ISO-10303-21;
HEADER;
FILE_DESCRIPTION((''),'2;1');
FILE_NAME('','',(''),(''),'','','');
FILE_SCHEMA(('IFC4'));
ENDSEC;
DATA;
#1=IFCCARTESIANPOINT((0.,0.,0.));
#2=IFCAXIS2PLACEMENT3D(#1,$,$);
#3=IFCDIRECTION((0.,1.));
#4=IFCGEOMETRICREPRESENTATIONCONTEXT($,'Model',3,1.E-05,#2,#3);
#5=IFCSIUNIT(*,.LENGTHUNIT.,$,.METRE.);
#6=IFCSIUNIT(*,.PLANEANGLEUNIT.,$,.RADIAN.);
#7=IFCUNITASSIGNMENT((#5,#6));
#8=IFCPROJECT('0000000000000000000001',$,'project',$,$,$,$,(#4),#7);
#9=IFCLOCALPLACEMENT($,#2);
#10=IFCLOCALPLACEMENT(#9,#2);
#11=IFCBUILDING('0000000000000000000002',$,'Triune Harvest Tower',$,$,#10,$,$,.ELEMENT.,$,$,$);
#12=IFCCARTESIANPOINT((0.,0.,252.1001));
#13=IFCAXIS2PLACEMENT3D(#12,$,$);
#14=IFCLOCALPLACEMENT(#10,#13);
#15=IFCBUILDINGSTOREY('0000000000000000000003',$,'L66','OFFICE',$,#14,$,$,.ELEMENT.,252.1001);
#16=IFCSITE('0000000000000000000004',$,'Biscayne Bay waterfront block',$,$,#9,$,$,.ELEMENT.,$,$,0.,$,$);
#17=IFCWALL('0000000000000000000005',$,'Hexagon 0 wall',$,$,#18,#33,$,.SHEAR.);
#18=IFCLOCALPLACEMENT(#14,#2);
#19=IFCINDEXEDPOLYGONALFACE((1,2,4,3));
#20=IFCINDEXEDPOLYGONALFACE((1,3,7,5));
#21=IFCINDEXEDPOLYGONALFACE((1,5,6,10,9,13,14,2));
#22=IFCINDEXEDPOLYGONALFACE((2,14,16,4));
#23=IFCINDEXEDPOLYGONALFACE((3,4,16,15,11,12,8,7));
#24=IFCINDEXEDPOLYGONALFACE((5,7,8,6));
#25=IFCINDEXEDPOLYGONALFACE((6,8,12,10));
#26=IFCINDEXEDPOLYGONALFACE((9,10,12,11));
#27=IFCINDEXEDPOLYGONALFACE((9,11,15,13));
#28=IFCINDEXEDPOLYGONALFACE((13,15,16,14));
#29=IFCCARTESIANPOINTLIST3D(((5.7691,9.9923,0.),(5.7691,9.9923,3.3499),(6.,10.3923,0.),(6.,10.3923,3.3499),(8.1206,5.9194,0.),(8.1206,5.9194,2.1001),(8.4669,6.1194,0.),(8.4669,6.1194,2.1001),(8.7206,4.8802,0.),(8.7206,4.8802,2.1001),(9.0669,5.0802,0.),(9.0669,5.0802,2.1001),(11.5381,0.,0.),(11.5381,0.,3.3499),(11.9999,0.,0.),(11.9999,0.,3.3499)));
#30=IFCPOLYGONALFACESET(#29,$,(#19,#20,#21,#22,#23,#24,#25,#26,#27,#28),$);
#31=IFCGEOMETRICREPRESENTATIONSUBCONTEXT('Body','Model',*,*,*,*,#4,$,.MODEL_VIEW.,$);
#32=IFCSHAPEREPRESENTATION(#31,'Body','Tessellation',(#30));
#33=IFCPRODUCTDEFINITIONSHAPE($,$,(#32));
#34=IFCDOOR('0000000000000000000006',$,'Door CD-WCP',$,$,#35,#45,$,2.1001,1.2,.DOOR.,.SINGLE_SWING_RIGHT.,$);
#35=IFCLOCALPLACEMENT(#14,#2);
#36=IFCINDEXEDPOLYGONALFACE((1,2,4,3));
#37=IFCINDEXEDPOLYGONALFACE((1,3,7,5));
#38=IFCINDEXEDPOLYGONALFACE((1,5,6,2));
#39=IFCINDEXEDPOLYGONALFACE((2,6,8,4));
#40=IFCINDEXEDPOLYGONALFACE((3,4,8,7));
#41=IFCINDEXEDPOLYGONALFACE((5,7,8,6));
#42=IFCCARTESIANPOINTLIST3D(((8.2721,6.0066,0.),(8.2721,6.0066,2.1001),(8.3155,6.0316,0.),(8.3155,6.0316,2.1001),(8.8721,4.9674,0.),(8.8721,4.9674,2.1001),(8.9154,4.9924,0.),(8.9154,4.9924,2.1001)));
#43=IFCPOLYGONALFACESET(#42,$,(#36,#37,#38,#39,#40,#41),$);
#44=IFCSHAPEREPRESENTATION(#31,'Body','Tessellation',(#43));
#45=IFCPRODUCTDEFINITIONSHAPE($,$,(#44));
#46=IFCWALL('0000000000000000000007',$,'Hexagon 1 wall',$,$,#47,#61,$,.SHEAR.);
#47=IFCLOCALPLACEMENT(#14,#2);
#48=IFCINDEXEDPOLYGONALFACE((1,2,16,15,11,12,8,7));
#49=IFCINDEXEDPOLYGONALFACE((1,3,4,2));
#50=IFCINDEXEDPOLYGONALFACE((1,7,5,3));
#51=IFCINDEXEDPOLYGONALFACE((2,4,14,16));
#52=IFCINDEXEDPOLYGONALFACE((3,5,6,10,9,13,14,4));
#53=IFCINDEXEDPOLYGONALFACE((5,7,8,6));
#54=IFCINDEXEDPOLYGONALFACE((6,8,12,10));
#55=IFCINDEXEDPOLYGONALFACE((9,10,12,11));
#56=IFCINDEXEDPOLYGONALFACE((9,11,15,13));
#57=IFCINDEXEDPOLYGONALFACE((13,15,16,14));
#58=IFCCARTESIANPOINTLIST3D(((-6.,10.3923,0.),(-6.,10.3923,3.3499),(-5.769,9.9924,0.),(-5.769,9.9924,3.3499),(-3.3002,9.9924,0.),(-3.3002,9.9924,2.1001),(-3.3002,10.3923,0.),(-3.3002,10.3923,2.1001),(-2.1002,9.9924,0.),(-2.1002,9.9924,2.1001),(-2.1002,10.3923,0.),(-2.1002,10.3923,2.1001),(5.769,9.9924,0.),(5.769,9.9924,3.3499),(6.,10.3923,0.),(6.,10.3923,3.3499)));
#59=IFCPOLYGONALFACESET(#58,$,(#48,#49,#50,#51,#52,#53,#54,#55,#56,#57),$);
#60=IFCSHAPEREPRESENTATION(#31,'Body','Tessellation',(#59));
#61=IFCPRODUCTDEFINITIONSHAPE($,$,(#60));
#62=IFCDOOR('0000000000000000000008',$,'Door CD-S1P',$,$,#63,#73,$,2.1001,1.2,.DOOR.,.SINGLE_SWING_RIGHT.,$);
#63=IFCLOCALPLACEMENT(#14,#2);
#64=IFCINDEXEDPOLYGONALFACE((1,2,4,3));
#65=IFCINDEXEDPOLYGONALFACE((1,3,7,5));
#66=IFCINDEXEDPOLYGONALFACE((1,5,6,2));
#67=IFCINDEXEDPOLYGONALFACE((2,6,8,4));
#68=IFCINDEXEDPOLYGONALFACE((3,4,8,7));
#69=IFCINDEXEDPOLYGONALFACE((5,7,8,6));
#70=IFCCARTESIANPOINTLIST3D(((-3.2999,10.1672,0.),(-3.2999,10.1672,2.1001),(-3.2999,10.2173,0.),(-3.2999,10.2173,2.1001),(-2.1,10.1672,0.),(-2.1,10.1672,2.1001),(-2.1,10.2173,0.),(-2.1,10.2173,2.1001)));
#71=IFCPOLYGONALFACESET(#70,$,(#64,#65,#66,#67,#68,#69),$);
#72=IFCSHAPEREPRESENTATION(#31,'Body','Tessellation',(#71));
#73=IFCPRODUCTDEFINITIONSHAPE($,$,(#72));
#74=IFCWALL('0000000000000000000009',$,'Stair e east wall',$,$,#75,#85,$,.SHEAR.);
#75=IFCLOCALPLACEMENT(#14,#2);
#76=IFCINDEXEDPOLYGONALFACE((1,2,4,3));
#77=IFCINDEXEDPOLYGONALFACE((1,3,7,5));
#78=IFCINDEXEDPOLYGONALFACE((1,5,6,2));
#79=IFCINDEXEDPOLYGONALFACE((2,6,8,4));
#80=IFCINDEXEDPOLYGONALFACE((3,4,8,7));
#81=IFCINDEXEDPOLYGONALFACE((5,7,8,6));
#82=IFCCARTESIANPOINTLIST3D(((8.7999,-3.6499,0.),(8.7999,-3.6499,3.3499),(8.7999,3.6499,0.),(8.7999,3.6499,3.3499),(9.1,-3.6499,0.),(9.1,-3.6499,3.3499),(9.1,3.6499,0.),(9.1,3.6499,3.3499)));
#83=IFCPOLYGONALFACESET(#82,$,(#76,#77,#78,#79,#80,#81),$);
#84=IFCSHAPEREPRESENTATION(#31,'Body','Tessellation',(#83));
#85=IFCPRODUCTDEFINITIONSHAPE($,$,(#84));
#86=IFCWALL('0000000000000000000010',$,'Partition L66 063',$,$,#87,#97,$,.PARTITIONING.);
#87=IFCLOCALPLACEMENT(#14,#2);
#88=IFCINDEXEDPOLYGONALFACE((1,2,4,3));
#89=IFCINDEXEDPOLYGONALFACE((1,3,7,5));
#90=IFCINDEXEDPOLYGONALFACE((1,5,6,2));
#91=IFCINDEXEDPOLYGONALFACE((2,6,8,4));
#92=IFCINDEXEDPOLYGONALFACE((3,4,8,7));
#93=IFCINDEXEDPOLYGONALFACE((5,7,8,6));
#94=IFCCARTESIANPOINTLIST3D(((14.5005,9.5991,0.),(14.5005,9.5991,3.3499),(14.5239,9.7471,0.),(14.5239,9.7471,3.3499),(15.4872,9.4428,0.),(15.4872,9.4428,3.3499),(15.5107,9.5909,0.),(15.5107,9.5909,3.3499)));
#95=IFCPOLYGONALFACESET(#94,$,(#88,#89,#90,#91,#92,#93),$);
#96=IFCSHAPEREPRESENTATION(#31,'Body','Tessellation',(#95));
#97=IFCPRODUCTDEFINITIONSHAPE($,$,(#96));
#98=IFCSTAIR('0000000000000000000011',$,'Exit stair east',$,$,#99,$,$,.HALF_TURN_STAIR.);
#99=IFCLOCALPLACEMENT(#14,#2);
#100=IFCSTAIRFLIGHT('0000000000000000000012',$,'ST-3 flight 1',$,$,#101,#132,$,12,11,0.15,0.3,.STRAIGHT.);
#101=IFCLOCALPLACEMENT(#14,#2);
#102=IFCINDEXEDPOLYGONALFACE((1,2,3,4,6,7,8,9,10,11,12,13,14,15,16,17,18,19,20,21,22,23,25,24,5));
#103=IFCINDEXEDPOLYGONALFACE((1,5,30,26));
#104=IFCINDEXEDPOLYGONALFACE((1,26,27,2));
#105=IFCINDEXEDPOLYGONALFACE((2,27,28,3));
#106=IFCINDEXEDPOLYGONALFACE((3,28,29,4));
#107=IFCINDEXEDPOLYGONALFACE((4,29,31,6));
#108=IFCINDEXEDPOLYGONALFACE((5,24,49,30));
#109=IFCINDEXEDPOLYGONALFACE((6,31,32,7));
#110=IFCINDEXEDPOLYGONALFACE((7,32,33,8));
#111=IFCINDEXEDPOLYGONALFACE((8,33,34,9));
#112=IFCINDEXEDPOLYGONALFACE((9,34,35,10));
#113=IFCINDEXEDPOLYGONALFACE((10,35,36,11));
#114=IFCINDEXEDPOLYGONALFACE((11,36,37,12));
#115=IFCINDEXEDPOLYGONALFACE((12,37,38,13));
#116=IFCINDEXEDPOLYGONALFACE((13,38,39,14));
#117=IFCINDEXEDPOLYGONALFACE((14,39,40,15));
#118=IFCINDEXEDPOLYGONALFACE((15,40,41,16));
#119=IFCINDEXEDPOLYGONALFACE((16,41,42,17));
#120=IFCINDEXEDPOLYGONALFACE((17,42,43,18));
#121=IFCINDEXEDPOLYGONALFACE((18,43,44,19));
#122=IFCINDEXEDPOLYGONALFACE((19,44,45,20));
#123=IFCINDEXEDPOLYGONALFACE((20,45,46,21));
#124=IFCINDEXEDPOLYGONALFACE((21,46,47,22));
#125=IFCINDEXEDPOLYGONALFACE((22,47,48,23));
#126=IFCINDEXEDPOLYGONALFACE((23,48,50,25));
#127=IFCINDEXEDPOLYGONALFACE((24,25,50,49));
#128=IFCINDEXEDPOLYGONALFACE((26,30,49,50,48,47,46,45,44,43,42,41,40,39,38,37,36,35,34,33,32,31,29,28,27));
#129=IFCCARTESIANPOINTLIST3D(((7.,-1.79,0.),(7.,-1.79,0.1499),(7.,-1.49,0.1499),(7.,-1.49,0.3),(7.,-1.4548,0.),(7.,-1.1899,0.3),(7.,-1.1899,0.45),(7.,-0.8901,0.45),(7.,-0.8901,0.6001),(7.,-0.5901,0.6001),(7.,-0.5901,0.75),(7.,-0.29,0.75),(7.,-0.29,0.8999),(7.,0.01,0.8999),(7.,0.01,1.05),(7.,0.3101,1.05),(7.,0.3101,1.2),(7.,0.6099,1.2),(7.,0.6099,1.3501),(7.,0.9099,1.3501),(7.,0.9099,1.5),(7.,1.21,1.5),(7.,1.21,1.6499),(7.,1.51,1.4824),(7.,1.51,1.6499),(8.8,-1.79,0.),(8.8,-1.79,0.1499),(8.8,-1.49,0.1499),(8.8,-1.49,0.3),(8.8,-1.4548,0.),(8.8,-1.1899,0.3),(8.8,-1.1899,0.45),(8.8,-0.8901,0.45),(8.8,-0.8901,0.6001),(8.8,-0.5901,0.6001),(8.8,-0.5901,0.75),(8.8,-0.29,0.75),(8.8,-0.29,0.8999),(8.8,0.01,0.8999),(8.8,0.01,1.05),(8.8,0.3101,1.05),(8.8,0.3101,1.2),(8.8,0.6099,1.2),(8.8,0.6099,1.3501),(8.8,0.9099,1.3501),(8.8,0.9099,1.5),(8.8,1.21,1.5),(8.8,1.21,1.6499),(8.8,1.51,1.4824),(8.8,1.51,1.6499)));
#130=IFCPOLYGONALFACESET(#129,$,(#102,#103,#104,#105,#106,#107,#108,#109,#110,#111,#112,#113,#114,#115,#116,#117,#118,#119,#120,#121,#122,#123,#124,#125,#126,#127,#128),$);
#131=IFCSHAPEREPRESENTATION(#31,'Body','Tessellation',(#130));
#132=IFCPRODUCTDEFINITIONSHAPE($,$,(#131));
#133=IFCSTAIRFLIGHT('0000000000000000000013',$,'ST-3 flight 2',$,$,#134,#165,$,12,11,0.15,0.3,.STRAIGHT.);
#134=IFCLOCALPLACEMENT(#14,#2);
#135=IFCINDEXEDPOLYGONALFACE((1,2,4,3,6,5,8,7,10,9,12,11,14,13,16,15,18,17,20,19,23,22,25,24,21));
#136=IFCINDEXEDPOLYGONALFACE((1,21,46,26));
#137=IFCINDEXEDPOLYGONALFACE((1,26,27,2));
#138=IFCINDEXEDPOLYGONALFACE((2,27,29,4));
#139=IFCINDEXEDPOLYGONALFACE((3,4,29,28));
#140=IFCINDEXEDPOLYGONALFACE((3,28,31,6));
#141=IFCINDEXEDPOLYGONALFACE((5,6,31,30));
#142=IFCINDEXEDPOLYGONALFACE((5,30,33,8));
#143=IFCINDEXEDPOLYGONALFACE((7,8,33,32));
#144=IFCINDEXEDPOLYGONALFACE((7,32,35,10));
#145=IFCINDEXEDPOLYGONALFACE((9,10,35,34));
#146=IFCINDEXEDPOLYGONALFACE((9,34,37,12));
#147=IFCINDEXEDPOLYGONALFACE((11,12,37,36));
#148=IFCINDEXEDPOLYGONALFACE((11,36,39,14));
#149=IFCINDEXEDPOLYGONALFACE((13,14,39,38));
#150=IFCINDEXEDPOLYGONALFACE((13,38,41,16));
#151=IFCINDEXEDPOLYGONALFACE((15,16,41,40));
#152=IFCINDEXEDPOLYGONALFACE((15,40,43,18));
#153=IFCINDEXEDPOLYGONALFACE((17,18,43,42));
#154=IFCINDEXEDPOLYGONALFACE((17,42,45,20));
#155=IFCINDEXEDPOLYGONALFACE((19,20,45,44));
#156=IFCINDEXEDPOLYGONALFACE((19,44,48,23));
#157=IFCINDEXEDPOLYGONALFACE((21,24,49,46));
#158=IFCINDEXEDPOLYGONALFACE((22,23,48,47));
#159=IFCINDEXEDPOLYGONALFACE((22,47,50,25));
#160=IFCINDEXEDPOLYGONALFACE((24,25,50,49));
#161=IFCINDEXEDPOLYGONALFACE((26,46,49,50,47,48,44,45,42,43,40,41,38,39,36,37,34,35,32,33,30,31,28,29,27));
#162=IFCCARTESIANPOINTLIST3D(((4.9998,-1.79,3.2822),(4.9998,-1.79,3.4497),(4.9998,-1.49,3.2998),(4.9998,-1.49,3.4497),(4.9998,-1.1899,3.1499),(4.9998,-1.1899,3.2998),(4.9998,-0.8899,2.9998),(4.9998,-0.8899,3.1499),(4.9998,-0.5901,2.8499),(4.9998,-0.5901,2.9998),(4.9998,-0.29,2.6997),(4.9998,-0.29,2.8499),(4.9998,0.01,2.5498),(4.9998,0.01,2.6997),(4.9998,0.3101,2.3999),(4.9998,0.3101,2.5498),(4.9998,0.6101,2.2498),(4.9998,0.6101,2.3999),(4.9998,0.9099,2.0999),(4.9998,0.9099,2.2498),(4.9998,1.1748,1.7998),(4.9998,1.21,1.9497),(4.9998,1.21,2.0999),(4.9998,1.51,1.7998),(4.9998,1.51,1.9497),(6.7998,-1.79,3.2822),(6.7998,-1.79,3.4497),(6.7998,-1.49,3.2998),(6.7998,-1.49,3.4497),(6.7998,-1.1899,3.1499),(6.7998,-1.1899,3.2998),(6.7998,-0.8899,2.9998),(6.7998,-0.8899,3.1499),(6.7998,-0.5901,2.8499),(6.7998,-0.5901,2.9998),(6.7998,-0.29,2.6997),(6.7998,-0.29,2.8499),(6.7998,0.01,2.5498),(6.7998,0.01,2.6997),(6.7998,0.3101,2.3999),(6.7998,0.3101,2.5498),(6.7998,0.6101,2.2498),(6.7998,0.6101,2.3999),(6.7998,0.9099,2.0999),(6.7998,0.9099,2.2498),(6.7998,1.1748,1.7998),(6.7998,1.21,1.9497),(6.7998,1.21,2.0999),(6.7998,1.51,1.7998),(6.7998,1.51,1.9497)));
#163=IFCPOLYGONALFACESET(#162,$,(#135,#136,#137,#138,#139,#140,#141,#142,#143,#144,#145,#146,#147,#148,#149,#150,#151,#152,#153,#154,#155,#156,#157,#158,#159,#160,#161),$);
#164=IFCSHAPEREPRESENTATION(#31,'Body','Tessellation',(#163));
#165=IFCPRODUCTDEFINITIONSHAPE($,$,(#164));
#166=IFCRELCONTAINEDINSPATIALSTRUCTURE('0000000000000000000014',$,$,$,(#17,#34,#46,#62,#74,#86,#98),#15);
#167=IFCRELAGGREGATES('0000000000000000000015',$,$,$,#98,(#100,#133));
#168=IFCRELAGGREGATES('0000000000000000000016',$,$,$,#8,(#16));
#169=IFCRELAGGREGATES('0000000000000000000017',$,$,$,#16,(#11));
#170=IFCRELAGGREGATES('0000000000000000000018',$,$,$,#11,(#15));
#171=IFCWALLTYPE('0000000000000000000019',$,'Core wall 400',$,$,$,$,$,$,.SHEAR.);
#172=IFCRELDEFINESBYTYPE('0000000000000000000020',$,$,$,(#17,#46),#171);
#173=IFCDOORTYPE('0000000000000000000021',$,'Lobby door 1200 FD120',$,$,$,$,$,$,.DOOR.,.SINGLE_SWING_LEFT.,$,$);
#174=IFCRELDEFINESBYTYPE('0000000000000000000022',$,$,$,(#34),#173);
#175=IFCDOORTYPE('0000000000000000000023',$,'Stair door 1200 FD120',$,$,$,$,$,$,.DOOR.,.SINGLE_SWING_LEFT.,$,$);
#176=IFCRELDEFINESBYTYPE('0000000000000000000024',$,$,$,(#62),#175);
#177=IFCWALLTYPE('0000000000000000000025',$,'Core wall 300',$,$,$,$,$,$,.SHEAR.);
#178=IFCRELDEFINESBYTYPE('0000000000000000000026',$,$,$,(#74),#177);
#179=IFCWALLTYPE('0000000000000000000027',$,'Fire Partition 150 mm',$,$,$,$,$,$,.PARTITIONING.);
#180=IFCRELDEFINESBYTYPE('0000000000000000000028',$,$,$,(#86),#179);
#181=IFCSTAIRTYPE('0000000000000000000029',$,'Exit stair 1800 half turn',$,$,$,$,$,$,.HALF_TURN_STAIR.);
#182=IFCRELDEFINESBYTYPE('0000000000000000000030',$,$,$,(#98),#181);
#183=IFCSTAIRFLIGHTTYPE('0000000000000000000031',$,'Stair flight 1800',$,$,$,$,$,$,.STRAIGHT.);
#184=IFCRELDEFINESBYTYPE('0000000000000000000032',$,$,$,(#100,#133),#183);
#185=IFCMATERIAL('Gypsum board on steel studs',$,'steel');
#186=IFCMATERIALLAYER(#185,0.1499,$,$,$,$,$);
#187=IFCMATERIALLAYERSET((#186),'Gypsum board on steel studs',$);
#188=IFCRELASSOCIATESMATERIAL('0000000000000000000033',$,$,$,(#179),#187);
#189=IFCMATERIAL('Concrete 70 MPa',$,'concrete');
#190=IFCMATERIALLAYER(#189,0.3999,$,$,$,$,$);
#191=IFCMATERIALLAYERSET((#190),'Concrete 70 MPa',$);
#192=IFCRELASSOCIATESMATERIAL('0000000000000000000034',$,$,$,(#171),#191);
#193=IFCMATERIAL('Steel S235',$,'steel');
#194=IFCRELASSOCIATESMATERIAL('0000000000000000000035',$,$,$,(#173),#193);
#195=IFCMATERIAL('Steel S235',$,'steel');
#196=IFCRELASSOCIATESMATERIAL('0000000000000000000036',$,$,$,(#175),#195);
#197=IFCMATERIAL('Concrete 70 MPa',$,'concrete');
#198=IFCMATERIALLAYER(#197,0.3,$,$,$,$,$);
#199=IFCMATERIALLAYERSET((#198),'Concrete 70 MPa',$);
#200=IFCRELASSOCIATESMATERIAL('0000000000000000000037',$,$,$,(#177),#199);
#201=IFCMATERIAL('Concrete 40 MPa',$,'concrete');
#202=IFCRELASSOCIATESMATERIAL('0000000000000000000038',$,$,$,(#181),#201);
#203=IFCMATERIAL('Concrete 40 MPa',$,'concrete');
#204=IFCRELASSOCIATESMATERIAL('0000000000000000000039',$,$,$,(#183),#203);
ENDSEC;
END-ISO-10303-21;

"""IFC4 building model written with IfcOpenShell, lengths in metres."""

from ifc_helpers import new_model, si_unit, direction, frame, frame_2d, origin, place, context, subcontext, project, spatial, polyline, rectangle, outline, extrude, source, transform, mapped, material, layer, layer_set, type_object, element, fill, aggregate, save


model = new_model("IFC4")

# Units and contexts
model_context = context("Model", 3, precision=1e-05, world=origin(), true_north=direction((0.0, 1.0)))
body_context = subcontext(model_context, "Body", "Model", "MODEL_VIEW")
ifc_project = project(units=[si_unit("LENGTHUNIT", "METRE"), si_unit("PLANEANGLEUNIT", "RADIAN")], contexts=[model_context])

# Site, building, storey
site_placement = place(None, origin())
site = spatial("IfcSite", under=ifc_project, at=site_placement, Name="Biscayne Bay waterfront block", CompositionType="ELEMENT", RefElevation=0.0)
building_placement = place(site_placement, origin())
building = spatial("IfcBuilding", under=site, at=building_placement, Name="Triune Harvest Tower", CompositionType="ELEMENT")
storey_placement = place(building_placement, frame((0.0, 0.0, 252.1001)))
storey = spatial("IfcBuildingStorey", under=building, at=storey_placement, Name="L66", Description="OFFICE", CompositionType="ELEMENT", Elevation=252.1001)

# Shared definitions
ifc_material_1 = material(Name="Gypsum board on steel studs", Category="steel")
ifc_layer_1 = layer(ifc_material_1, 0.1499)
ifc_layer_set_1 = layer_set([ifc_layer_1], Name="Gypsum board on steel studs")
wall_type_1 = type_object("IfcWallType", Name="Fire Partition 150 mm", PredefinedType="PARTITIONING", material=ifc_layer_set_1)

# Walls, openings, doors
ifc_material_2 = material(Name="Concrete 70 MPa", Category="concrete")
ifc_layer_2 = layer(ifc_material_2, 0.3999)
ifc_layer_set_2 = layer_set([ifc_layer_2], Name="Concrete 70 MPa")
wall_type_2 = type_object("IfcWallType", Name="Core wall 400", PredefinedType="SHEAR", material=ifc_layer_set_2)
shared_shape_1 = source(origin(), body_context, "Body", "SweptSolid", [
    extrude(outline(polyline([(-0.1155, -0.2), (11.8845, -0.2), (11.6536, 0.2), (0.1155, 0.2), (-0.1155, -0.2)])), origin(), (0.0, 0.0, 1.0), 3.3499),
])
wall_1_placement = place(storey_placement, frame((11.769, 0.0, 0.0), z_axis=(0.0, 0.0, 1.0), x_axis=(-0.499997, 0.866027, 0.0)))
wall_1 = element("IfcWall", 1, at=wall_1_placement, inside=storey, type_object=wall_type_2, Name="Hexagon 0 wall", PredefinedType="SHEAR", context=body_context, shape_type="MappedRepresentation", body=[
    mapped(shared_shape_1, transform((0.0, 0.0, 0.0), scale=1.0)),
])
opening_1_placement = place(wall_1_placement, frame((5.7505, 0.0, 0.0)))
opening_1 = element("IfcOpeningElement", 2, at=opening_1_placement, cuts=wall_1, PredefinedType="OPENING", context=body_context, shape_type="SweptSolid", body=[
    extrude(rectangle(XDim=1.2, YDim=2.1001, at=frame_2d((0.6001, 1.05))), frame((0.0, 0.21, 0.0), z_axis=(0.0, -1.0, 0.0), x_axis=(1.0, 0.0, 0.0)), (0.0, 0.0, 1.0), 0.4199),
])
ifc_material_3 = material(Name="Steel S235", Category="steel")
door_type_1 = type_object("IfcDoorType", Name="Lobby door 1200 FD120", OperationType="SINGLE_SWING_LEFT", PredefinedType="DOOR", material=ifc_material_3)
door_1_placement = place(opening_1_placement, frame((1.2, 0.0, 0.0), z_axis=(0.0, 0.0, 1.0), x_axis=(-1.0, 0.0, 0.0)))
door_1 = element("IfcDoor", 3, at=door_1_placement, inside=storey, type_object=door_type_1, Name="Door CD-WCP", OperationType="SINGLE_SWING_RIGHT", OverallHeight=2.1001, OverallWidth=1.2, PredefinedType="DOOR", context=body_context, shape_type="SweptSolid", body=[
    extrude(rectangle(XDim=1.2, YDim=2.1001, at=frame_2d((0.6001, 1.05))), frame((0.0, 0.0249, 0.0), z_axis=(0.0, -1.0, 0.0), x_axis=(1.0, 0.0, 0.0)), (0.0, 0.0, 1.0), 0.05),
])
fill(opening_1, door_1)
wall_2_placement = place(storey_placement, frame((5.8845, 10.1924, 0.0), z_axis=(0.0, 0.0, 1.0), x_axis=(-1.0, 0.0, 0.0)))
wall_2 = element("IfcWall", 4, at=wall_2_placement, inside=storey, type_object=wall_type_2, Name="Hexagon 1 wall", PredefinedType="SHEAR", context=body_context, shape_type="MappedRepresentation", body=[
    mapped(shared_shape_1, transform((0.0, 0.0, 0.0), scale=1.0)),
])
opening_2_placement = place(wall_2_placement, frame((7.9846, 0.0, 0.0)))
opening_2 = element("IfcOpeningElement", 5, at=opening_2_placement, cuts=wall_2, PredefinedType="OPENING", context=body_context, shape_type="SweptSolid", body=[
    extrude(rectangle(XDim=1.2, YDim=2.1001, at=frame_2d((0.6001, 1.05))), frame((0.0, 0.21, 0.0), z_axis=(0.0, -1.0, 0.0), x_axis=(1.0, 0.0, 0.0)), (0.0, 0.0, 1.0), 0.4199),
])
ifc_material_4 = material(Name="Steel S235", Category="steel")
door_type_2 = type_object("IfcDoorType", Name="Stair door 1200 FD120", OperationType="SINGLE_SWING_LEFT", PredefinedType="DOOR", material=ifc_material_4)
door_2_placement = place(opening_2_placement, frame((1.2, 0.0, 0.0), z_axis=(0.0, 0.0, 1.0), x_axis=(-1.0, 0.0, 0.0)))
door_2 = element("IfcDoor", 6, at=door_2_placement, inside=storey, type_object=door_type_2, Name="Door CD-S1P", OperationType="SINGLE_SWING_RIGHT", OverallHeight=2.1001, OverallWidth=1.2, PredefinedType="DOOR", context=body_context, shape_type="SweptSolid", body=[
    extrude(rectangle(XDim=1.2, YDim=2.1001, at=frame_2d((0.6001, 1.05))), frame((0.0, 0.0249, 0.0), z_axis=(0.0, -1.0, 0.0), x_axis=(1.0, 0.0, 0.0)), (0.0, 0.0, 1.0), 0.05),
])
fill(opening_2, door_2)

# Walls
ifc_material_5 = material(Name="Concrete 70 MPa", Category="concrete")
ifc_layer_3 = layer(ifc_material_5, 0.3)
ifc_layer_set_3 = layer_set([ifc_layer_3], Name="Concrete 70 MPa")
wall_type_3 = type_object("IfcWallType", Name="Core wall 300", PredefinedType="SHEAR", material=ifc_layer_set_3)
shared_shape_2 = source(origin(), body_context, "Body", "SweptSolid", [
    extrude(rectangle(XDim=7.2998, YDim=0.3, at=frame_2d((3.6499, 0.0))), origin(), (0.0, 0.0, 1.0), 3.3499),
])
wall_3_placement = place(storey_placement, frame((8.95, -3.6499, 0.0), z_axis=(0.0, 0.0, 1.0), x_axis=(0.0, 1.0, 0.0)))
element("IfcWall", 7, at=wall_3_placement, inside=storey, type_object=wall_type_3, Name="Stair e east wall", PredefinedType="SHEAR", context=body_context, shape_type="MappedRepresentation", body=[
    mapped(shared_shape_2, transform((0.0, 0.0, 0.0), scale=1.0)),
])
shared_shape_3 = source(origin(), body_context, "Body", "SweptSolid", [
    extrude(rectangle(XDim=0.999, YDim=0.1499, at=frame_2d((0.4995, 0.0))), origin(), (0.0, 0.0, 1.0), 3.3499),
])
wall_4_placement = place(storey_placement, frame((14.5122, 9.6731, 0.0), z_axis=(0.0, 0.0, 1.0), x_axis=(0.987696, -0.156389, 0.0)))
element("IfcWall", 8, at=wall_4_placement, inside=storey, type_object=wall_type_1, Name="Partition L66 063", PredefinedType="PARTITIONING", context=body_context, shape_type="MappedRepresentation", body=[
    mapped(shared_shape_3, transform((0.0, 0.0, 0.0), scale=1.0)),
])

# Stair, stair flights
ifc_material_6 = material(Name="Concrete 40 MPa", Category="concrete")
stair_type = type_object("IfcStairType", Name="Exit stair 1800 half turn", PredefinedType="HALF_TURN_STAIR", material=ifc_material_6)
stair_placement = place(storey_placement, origin())
stair = element("IfcStair", 9, at=stair_placement, inside=storey, type_object=stair_type, Name="Exit stair east", PredefinedType="HALF_TURN_STAIR")
ifc_material_7 = material(Name="Concrete 40 MPa", Category="concrete")
stair_flight_type = type_object("IfcStairFlightType", Name="Stair flight 1800", PredefinedType="STRAIGHT", material=ifc_material_7)
shared_shape_4 = source(origin(), body_context, "Body", "SweptSolid", [
    extrude(outline(polyline([(0.0, 0.0), (0.0, 0.1499), (0.3, 0.1499), (0.3, 0.3), (0.6001, 0.3), (0.6001, 0.45), (0.8999, 0.45), (0.8999, 0.6001), (1.2, 0.6001), (1.2, 0.75), (1.5, 0.75), (1.5, 0.8999), (1.8, 0.8999), (1.8, 1.05), (2.1001, 1.05), (2.1001, 1.2), (2.3999, 1.2), (2.3999, 1.3501), (2.7, 1.3501), (2.7, 1.5), (3.0, 1.5), (3.0, 1.6499), (3.3, 1.6499), (3.3, 1.8), (3.3, 1.4824), (0.3352, 0.0), (0.0, 0.0)])), frame((0.0, 0.8999, 0.0), z_axis=(0.0, -1.0, 0.0), x_axis=(1.0, 0.0, 0.0)), (0.0, 0.0, 1.0), 1.8),
])
stair_flight_1_placement = place(storey_placement, frame((7.8999, -1.79, 0.0), z_axis=(0.0, 0.0, 1.0), x_axis=(0.0, 1.0, 0.0)))
stair_flight_1 = element("IfcStairFlight", 10, at=stair_flight_1_placement, type_object=stair_flight_type, Name="ST-3 flight 1", NumberOfRisers=12, NumberOfTreads=11, PredefinedType="STRAIGHT", RiserHeight=0.15, TreadLength=0.3, context=body_context, shape_type="MappedRepresentation", body=[
    mapped(shared_shape_4, transform((0.0, 0.0, 0.0), scale=1.0)),
])
stair_flight_2_placement = place(storey_placement, frame((5.8999, 1.51, 1.7998), z_axis=(0.0, 0.0, 1.0), x_axis=(0.0, -1.0, 0.0)))
stair_flight_2 = element("IfcStairFlight", 11, at=stair_flight_2_placement, type_object=stair_flight_type, Name="ST-3 flight 2", NumberOfRisers=12, NumberOfTreads=11, PredefinedType="STRAIGHT", RiserHeight=0.15, TreadLength=0.3, context=body_context, shape_type="MappedRepresentation", body=[
    mapped(shared_shape_4, transform((0.0, 0.0, 0.0), scale=1.0)),
])
aggregate(stair, [stair_flight_1, stair_flight_2])

save(model, "model.ifc")
